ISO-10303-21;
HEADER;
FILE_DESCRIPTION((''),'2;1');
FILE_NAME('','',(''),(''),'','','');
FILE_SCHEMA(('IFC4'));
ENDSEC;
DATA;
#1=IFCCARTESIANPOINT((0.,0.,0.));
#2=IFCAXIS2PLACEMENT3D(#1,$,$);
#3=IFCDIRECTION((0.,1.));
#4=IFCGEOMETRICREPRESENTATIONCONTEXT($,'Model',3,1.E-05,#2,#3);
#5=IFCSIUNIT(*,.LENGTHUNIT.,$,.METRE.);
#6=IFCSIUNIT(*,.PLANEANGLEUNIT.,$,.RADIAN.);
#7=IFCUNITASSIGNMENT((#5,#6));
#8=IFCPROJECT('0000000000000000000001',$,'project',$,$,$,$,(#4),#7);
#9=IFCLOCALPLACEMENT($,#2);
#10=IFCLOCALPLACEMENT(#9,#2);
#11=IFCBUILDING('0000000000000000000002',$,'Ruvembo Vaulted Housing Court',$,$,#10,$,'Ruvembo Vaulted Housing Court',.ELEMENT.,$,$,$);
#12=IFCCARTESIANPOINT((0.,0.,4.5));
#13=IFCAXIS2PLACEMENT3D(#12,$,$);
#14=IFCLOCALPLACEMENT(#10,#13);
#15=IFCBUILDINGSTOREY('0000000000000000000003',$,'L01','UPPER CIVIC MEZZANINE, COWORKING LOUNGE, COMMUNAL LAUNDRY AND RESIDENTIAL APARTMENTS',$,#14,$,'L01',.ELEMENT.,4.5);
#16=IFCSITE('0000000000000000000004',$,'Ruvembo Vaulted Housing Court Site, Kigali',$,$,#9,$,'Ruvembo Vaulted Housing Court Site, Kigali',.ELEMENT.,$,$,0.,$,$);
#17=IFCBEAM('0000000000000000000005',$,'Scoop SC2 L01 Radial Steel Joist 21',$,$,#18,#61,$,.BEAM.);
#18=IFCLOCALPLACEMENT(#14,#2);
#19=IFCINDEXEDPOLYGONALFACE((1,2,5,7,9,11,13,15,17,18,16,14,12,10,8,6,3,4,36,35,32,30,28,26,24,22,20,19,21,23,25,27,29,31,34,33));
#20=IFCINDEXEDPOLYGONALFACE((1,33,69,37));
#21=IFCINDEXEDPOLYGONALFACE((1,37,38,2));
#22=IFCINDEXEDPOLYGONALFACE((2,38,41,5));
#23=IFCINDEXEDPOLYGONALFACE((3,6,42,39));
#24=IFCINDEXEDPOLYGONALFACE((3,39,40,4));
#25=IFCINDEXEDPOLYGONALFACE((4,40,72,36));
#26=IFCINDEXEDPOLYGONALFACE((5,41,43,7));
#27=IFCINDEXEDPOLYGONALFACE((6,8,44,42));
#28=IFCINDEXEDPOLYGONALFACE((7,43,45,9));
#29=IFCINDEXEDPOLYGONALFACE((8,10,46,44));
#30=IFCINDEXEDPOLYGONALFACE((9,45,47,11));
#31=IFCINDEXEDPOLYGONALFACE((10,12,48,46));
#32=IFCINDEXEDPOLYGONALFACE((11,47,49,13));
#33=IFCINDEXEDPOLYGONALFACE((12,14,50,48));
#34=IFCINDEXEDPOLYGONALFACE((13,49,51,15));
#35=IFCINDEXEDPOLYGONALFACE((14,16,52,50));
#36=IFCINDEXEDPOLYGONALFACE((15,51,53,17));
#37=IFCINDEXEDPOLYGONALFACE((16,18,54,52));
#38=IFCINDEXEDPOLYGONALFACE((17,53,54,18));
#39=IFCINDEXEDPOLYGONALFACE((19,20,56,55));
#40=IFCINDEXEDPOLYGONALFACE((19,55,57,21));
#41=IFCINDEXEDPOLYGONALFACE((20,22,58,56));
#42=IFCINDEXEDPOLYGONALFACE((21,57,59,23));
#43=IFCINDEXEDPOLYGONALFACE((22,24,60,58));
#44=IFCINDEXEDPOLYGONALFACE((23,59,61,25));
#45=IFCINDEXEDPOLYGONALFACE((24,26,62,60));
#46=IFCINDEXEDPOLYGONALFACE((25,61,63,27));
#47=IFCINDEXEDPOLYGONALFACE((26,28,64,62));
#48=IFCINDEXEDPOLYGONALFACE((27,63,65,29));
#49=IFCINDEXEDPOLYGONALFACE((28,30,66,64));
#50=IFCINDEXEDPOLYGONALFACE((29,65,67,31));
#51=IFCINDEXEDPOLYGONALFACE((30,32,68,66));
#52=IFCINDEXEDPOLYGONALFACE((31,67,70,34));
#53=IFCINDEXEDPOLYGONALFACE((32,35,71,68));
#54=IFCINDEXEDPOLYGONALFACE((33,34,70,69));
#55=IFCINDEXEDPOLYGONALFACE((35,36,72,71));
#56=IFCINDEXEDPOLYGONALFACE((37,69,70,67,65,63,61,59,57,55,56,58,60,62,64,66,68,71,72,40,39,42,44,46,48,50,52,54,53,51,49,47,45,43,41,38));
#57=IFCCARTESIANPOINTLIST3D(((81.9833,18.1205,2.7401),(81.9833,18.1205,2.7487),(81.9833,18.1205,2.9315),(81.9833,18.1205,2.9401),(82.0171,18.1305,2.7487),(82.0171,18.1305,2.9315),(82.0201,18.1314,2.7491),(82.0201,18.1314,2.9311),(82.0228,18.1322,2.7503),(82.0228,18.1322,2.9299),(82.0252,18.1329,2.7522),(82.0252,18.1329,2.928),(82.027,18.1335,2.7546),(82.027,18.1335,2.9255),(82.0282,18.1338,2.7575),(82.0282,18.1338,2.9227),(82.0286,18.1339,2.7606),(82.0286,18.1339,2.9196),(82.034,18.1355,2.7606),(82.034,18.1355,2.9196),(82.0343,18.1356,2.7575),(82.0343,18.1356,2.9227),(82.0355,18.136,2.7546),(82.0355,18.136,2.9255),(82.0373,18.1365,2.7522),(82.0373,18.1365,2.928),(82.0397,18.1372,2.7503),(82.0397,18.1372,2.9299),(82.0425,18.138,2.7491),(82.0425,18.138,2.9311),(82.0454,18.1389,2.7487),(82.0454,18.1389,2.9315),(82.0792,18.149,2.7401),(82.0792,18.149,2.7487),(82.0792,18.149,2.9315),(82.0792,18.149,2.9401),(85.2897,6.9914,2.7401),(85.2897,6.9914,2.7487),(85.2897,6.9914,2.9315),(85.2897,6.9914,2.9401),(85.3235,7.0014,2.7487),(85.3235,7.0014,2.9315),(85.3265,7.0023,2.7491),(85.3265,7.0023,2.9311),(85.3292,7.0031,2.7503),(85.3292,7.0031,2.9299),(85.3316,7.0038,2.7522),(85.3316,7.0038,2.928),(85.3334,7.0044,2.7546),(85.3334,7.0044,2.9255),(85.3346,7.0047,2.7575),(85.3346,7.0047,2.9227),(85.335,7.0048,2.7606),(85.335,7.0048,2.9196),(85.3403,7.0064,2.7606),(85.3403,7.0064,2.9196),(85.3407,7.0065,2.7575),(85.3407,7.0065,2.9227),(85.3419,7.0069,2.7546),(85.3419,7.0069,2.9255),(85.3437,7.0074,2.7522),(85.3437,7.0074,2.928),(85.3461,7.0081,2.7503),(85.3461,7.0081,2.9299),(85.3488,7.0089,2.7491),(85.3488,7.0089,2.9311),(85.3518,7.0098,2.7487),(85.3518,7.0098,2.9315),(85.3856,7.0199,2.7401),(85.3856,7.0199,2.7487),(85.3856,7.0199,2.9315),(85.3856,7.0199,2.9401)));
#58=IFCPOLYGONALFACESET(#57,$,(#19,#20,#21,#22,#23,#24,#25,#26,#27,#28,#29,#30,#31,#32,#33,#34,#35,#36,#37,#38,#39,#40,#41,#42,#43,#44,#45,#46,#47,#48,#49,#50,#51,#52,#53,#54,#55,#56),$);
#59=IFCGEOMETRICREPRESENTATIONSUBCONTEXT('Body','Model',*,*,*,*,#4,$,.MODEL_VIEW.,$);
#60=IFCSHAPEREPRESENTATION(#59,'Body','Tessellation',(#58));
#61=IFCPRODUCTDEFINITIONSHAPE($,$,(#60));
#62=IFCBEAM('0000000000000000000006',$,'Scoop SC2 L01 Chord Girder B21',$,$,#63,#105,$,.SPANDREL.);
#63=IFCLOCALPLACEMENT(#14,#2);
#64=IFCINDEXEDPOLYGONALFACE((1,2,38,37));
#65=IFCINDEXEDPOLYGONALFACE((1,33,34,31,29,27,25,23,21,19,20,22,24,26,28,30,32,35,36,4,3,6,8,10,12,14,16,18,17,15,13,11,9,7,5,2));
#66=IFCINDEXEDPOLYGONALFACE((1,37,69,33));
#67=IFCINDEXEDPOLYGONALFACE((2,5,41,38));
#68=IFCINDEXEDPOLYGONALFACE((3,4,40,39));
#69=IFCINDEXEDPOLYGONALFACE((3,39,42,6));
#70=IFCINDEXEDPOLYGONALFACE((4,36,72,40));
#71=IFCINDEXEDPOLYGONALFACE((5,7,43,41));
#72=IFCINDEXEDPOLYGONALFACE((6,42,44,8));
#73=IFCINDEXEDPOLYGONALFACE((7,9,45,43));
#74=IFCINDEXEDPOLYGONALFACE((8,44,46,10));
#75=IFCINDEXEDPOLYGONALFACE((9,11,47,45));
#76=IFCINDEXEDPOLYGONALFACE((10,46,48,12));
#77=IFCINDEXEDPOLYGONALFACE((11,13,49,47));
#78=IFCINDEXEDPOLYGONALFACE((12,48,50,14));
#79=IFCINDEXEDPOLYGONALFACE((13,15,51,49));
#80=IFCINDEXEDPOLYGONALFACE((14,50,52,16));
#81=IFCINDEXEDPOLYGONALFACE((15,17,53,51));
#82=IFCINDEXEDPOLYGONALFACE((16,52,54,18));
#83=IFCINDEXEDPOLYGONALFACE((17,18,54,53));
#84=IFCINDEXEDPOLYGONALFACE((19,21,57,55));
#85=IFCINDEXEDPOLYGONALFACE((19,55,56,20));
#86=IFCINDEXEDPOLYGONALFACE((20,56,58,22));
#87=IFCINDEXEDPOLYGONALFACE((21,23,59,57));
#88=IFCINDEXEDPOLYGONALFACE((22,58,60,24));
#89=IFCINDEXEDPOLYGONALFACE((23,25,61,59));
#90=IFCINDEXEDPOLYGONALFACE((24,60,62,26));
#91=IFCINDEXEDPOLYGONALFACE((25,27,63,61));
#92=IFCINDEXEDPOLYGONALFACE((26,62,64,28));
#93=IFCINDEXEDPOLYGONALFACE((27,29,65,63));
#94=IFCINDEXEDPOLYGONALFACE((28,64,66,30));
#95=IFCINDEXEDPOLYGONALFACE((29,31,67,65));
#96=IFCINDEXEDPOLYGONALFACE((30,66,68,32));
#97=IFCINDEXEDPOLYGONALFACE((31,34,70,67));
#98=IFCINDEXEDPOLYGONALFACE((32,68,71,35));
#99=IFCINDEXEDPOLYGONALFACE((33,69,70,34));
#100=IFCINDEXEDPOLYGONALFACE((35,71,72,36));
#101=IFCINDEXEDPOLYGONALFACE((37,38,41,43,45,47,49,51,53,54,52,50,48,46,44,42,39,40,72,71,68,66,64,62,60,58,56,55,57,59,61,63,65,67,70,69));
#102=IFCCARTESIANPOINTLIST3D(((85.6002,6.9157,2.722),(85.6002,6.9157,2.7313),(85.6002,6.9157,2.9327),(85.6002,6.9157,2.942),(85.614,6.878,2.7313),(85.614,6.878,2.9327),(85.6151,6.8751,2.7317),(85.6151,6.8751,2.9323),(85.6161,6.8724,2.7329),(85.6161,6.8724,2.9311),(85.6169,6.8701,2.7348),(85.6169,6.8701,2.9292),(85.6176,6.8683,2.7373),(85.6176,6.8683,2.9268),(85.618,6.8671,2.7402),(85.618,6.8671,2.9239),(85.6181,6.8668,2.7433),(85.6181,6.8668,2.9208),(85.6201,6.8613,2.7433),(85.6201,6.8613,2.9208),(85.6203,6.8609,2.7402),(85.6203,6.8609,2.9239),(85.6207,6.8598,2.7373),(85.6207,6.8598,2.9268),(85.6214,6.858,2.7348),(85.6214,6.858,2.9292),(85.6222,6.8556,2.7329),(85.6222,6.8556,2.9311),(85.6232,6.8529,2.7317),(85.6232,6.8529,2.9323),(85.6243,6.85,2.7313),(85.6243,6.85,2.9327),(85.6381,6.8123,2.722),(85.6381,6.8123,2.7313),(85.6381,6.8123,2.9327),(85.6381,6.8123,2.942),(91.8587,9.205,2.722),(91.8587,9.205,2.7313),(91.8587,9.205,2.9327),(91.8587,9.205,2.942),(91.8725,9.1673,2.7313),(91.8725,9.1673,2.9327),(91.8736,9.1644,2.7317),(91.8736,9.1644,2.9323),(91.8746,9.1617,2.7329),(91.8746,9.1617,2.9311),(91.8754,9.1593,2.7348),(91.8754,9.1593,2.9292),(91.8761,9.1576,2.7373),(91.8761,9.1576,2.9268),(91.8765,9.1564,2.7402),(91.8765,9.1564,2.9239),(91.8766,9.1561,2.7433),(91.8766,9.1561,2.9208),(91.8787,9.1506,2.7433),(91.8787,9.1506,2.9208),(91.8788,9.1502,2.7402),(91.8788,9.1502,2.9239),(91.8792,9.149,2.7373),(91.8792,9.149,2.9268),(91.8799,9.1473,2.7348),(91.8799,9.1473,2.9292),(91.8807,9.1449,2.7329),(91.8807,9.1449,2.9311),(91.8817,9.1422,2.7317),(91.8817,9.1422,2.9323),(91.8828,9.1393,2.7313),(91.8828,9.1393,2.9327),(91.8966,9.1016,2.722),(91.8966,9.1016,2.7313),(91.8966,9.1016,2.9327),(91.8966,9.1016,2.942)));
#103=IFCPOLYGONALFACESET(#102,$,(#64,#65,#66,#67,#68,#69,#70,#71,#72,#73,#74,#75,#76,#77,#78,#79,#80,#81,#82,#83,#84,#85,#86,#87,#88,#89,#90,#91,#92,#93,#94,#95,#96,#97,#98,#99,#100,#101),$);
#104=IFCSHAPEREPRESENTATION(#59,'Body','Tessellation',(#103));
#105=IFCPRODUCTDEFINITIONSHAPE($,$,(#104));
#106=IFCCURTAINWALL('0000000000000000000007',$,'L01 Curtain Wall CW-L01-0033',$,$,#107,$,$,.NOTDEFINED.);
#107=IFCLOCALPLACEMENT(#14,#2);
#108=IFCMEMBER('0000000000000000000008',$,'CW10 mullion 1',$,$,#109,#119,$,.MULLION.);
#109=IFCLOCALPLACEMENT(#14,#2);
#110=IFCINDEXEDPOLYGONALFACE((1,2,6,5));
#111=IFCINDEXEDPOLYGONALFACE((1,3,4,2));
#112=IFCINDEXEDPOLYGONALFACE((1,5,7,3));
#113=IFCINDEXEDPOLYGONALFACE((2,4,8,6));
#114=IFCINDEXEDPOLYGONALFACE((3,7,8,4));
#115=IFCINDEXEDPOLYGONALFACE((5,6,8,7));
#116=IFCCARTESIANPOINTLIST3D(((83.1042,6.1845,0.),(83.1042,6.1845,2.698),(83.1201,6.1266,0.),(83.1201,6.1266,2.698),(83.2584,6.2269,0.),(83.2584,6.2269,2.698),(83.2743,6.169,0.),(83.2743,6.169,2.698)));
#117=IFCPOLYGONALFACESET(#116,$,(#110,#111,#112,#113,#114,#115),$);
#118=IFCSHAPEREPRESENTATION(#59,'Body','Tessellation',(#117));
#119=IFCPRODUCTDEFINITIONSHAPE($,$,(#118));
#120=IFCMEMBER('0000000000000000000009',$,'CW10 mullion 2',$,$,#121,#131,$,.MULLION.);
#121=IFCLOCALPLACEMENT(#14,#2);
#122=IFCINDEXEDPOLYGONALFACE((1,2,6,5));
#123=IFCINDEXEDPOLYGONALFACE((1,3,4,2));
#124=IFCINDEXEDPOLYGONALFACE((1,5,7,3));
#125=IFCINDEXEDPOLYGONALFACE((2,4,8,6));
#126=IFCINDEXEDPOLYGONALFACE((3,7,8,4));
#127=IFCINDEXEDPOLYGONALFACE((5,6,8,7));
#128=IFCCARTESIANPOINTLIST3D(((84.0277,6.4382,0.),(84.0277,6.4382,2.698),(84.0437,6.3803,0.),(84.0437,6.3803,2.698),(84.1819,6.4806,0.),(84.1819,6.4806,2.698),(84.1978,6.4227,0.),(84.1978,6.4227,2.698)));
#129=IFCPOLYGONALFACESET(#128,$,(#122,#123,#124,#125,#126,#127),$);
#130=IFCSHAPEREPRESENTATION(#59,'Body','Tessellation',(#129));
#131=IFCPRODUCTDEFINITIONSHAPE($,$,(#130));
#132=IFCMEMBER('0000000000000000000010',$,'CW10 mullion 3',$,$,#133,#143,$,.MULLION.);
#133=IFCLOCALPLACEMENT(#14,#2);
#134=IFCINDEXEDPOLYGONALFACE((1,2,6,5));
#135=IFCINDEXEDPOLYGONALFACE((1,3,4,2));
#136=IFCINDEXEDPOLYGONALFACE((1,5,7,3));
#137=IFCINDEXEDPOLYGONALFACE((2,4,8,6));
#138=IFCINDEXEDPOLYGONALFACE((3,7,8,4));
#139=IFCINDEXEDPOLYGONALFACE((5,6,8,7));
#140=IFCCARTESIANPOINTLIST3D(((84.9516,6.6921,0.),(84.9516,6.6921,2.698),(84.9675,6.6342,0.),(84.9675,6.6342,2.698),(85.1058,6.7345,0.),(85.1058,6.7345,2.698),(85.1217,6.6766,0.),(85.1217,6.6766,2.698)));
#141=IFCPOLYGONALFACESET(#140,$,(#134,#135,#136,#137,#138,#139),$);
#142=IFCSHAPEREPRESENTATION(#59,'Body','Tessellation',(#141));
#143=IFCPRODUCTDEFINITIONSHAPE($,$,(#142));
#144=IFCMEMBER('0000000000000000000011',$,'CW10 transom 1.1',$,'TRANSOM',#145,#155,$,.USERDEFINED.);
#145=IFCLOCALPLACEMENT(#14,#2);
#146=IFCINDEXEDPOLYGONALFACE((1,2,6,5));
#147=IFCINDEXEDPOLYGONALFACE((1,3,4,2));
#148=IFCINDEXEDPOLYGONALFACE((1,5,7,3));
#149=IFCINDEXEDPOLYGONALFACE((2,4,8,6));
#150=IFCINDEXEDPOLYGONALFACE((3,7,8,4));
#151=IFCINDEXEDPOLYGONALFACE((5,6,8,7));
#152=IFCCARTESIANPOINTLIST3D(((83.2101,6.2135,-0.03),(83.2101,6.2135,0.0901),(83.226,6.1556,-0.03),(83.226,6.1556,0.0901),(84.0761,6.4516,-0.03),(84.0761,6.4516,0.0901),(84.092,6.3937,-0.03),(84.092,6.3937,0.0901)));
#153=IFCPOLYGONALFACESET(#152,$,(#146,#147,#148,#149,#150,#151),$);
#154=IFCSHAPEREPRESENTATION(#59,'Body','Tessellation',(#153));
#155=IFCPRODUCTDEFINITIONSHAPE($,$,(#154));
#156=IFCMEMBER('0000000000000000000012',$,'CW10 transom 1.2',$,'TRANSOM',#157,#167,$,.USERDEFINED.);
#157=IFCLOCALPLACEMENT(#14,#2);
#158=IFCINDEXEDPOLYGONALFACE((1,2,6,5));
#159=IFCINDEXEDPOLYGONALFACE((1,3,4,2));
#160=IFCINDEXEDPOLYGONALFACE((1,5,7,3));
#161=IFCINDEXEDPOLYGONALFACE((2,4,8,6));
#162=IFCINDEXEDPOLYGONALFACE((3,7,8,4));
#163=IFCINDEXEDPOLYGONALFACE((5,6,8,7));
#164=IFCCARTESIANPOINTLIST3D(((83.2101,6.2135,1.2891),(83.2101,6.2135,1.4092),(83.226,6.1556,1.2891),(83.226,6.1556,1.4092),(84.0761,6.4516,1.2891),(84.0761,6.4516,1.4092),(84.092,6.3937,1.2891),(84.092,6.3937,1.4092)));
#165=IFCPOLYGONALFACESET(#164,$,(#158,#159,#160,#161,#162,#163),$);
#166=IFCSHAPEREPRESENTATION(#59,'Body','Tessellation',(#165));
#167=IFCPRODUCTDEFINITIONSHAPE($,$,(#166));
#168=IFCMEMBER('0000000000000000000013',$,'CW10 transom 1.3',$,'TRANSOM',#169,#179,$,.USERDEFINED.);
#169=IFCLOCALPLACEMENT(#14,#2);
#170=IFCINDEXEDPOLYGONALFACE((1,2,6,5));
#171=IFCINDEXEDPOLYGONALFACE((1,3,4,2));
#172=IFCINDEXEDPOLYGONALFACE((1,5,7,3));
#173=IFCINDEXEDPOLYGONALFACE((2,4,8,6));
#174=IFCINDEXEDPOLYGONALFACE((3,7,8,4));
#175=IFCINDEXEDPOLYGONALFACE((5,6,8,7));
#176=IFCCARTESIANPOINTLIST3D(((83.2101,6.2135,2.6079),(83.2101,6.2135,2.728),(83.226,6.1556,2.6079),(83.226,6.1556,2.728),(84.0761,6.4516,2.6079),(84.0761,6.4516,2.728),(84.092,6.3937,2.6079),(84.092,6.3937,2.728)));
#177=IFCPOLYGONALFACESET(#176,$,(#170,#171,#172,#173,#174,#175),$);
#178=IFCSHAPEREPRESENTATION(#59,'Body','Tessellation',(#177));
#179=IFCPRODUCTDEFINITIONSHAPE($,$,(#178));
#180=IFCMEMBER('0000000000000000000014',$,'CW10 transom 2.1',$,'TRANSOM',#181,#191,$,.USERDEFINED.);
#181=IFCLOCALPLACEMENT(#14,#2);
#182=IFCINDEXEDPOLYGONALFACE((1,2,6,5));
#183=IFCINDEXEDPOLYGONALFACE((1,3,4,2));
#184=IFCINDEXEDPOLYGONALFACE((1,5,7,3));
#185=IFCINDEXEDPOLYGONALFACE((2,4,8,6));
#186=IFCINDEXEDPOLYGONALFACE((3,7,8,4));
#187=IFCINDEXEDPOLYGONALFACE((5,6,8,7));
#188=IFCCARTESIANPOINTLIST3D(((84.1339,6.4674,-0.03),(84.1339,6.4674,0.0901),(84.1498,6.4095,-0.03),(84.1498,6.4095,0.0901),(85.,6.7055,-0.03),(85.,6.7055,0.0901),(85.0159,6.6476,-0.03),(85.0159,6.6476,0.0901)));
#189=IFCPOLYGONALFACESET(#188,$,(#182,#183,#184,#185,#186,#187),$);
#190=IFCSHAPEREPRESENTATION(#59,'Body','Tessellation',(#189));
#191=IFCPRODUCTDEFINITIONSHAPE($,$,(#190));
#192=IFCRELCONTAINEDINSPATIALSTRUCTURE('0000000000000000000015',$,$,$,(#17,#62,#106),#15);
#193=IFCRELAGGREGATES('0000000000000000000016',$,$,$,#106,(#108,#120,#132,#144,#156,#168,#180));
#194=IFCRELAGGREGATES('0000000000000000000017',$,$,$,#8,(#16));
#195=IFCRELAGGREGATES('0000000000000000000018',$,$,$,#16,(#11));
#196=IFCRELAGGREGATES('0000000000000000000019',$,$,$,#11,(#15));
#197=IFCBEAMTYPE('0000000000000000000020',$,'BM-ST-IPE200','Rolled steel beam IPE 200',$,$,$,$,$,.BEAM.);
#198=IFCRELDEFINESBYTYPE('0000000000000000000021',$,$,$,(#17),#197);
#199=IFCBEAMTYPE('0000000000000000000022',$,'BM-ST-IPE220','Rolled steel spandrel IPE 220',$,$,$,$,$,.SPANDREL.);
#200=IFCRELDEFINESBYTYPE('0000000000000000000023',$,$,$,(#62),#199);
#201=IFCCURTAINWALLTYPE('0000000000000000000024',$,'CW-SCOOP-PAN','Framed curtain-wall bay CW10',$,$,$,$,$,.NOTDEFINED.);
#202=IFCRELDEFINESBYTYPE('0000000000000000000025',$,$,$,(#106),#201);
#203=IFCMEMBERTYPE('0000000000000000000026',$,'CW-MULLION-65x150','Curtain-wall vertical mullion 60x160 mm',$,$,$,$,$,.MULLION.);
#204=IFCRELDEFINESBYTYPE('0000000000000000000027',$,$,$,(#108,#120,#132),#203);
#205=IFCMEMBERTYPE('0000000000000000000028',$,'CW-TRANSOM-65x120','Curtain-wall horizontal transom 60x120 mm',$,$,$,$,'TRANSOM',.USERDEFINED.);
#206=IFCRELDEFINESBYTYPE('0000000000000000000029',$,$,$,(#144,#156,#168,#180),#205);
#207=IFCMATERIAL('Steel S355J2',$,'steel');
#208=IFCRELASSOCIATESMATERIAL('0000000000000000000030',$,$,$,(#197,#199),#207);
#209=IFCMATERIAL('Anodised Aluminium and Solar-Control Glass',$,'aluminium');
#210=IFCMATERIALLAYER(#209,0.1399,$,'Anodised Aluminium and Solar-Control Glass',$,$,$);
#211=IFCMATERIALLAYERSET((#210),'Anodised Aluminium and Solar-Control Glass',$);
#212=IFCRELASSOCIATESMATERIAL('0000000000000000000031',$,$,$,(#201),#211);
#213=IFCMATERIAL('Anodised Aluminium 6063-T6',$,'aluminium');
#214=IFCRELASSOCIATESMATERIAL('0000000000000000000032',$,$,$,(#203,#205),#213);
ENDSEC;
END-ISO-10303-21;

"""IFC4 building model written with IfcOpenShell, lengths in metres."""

from ifc_helpers import new_model, si_unit, direction, frame, origin, origin_2d, place, context, subcontext, project, spatial, rectangle, i_section, extrude, material, layer, layer_set, material_profile, profile_set, type_object, element, aggregate, save


model = new_model("IFC4")

# Units and contexts
model_context = context("Model", 3, precision=1e-05, world=origin(), true_north=direction((0.0, 1.0)))
body_context = subcontext(model_context, "Body", "Model", "MODEL_VIEW")
ifc_project = project(units=[si_unit("LENGTHUNIT", "METRE"), si_unit("PLANEANGLEUNIT", "RADIAN")], contexts=[model_context])

# Site, building, storey
site_placement = place(None, origin())
site = spatial("IfcSite", under=ifc_project, at=site_placement, Name="Ruvembo Vaulted Housing Court Site, Kigali", LongName="Ruvembo Vaulted Housing Court Site, Kigali", CompositionType="ELEMENT", RefElevation=0.0)
building_placement = place(site_placement, origin())
building = spatial("IfcBuilding", under=site, at=building_placement, Name="Ruvembo Vaulted Housing Court", LongName="Ruvembo Vaulted Housing Court", CompositionType="ELEMENT")
storey_placement = place(building_placement, frame((0.0, 0.0, 4.5)))
storey = spatial("IfcBuildingStorey", under=building, at=storey_placement, Name="L01", Description="UPPER CIVIC MEZZANINE, COWORKING LOUNGE, COMMUNAL LAUNDRY AND RESIDENTIAL APARTMENTS", LongName="L01", CompositionType="ELEMENT", Elevation=4.5)

# Beams
ifc_material_1 = material(Name="Steel S355J2", Category="steel")
ifc_material_profile_1 = material_profile(ifc_material_1, i_section(OverallWidth=0.1001, OverallDepth=0.2, WebThickness=0.0056, FlangeThickness=0.0085, FilletRadius=0.012, at=origin_2d()), Name="IPE 200")
ifc_profile_set_1 = profile_set([ifc_material_profile_1], Name="Steel S355J2")
beam_type_1 = type_object("IfcBeamType", Name="BM-ST-IPE200", Description="Rolled steel beam IPE 200", PredefinedType="BEAM", material=ifc_profile_set_1)
beam_1_placement = place(storey_placement, frame((85.3376, 7.0056, 2.8401), z_axis=(-0.284791, 0.95859, 0.0), x_axis=(-0.95859, -0.284791, 0.0)))
element("IfcBeam", 1, at=beam_1_placement, inside=storey, type_object=beam_type_1, Name="Scoop SC2 L01 Radial Steel Joist 21", PredefinedType="BEAM", context=body_context, shape_type="SweptSolid", body=[
    extrude(i_section(OverallWidth=0.1001, OverallDepth=0.2, WebThickness=0.0056, FlangeThickness=0.0085, FilletRadius=0.012, at=origin_2d()), origin(), (0.0, 0.0, 1.0), 11.6099),
])
ifc_material_profile_2 = material_profile(ifc_material_1, i_section(OverallWidth=0.1101, OverallDepth=0.22, WebThickness=0.0059, FlangeThickness=0.0093, FilletRadius=0.012, at=origin_2d()), Name="IPE 220")
ifc_profile_set_2 = profile_set([ifc_material_profile_2], Name="Steel S355J2")
beam_type_2 = type_object("IfcBeamType", Name="BM-ST-IPE220", Description="Rolled steel spandrel IPE 220", PredefinedType="SPANDREL", material=ifc_profile_set_2)
beam_2_placement = place(storey_placement, frame((85.6191, 6.864, 2.832), z_axis=(0.939142, 0.343528, 0.0), x_axis=(-0.343528, 0.939142, 0.0)))
element("IfcBeam", 2, at=beam_2_placement, inside=storey, type_object=beam_type_2, Name="Scoop SC2 L01 Chord Girder B21", PredefinedType="SPANDREL", context=body_context, shape_type="SweptSolid", body=[
    extrude(i_section(OverallWidth=0.1101, OverallDepth=0.22, WebThickness=0.0059, FlangeThickness=0.0093, FilletRadius=0.012, at=origin_2d()), origin(), (0.0, 0.0, 1.0), 6.6641),
])

# Curtain wall, members
ifc_material_2 = material(Name="Anodised Aluminium and Solar-Control Glass", Category="aluminium")
ifc_layer_1 = layer(ifc_material_2, 0.1399, Name="Anodised Aluminium and Solar-Control Glass")
ifc_layer_set_1 = layer_set([ifc_layer_1], Name="Anodised Aluminium and Solar-Control Glass")
curtain_wall_type = type_object("IfcCurtainWallType", Name="CW-SCOOP-PAN", Description="Framed curtain-wall bay CW10", PredefinedType="NOTDEFINED", material=ifc_layer_set_1)
curtain_wall_placement = place(storey_placement, origin())
curtain_wall = element("IfcCurtainWall", 3, at=curtain_wall_placement, inside=storey, type_object=curtain_wall_type, Name="L01 Curtain Wall CW-L01-0033", PredefinedType="NOTDEFINED")
ifc_material_3 = material(Name="Anodised Aluminium 6063-T6", Category="aluminium")
ifc_material_profile_3 = material_profile(ifc_material_3, rectangle(XDim=0.0601, YDim=0.1599, at=origin_2d()), Name="ALU 60x160")
ifc_profile_set_3 = profile_set([ifc_material_profile_3], Name="Anodised Aluminium 6063-T6")
member_type_1 = type_object("IfcMemberType", Name="CW-MULLION-65x150", Description="Curtain-wall vertical mullion 60x160 mm", PredefinedType="MULLION", material=ifc_profile_set_3)
member_1_placement = place(storey_placement, frame((83.1892, 6.1768, 0.0), z_axis=(0.0, 0.0, 1.0), x_axis=(-0.264975, 0.964255, 0.0)))
member_1 = element("IfcMember", 4, at=member_1_placement, type_object=member_type_1, Name="CW10 mullion 1", PredefinedType="MULLION", context=body_context, shape_type="SweptSolid", body=[
    extrude(rectangle(XDim=0.0601, YDim=0.1599, at=origin_2d()), origin(), (0.0, 0.0, 1.0), 2.698),
])
member_2_placement = place(storey_placement, frame((84.1128, 6.4304, 0.0), z_axis=(0.0, 0.0, 1.0), x_axis=(-0.264975, 0.964255, 0.0)))
member_2 = element("IfcMember", 5, at=member_2_placement, type_object=member_type_1, Name="CW10 mullion 2", PredefinedType="MULLION", context=body_context, shape_type="SweptSolid", body=[
    extrude(rectangle(XDim=0.0601, YDim=0.1599, at=origin_2d()), origin(), (0.0, 0.0, 1.0), 2.698),
])
member_3_placement = place(storey_placement, frame((85.0366, 6.6843, 0.0), z_axis=(0.0, 0.0, 1.0), x_axis=(-0.264975, 0.964255, 0.0)))
member_3 = element("IfcMember", 6, at=member_3_placement, type_object=member_type_1, Name="CW10 mullion 3", PredefinedType="MULLION", context=body_context, shape_type="SweptSolid", body=[
    extrude(rectangle(XDim=0.0601, YDim=0.1599, at=origin_2d()), origin(), (0.0, 0.0, 1.0), 2.698),
])
ifc_material_profile_4 = material_profile(ifc_material_3, rectangle(XDim=0.0601, YDim=0.1201, at=origin_2d()), Name="ALU 60x120")
ifc_profile_set_4 = profile_set([ifc_material_profile_4], Name="Anodised Aluminium 6063-T6")
member_type_2 = type_object("IfcMemberType", Name="CW-TRANSOM-65x120", Description="Curtain-wall horizontal transom 60x120 mm", ElementType="TRANSOM", PredefinedType="USERDEFINED", material=ifc_profile_set_4)
member_4_placement = place(storey_placement, frame((83.218, 6.1846, 0.03), z_axis=(0.964235, 0.265049, 0.0), x_axis=(-0.265049, 0.964235, 0.0)))
member_4 = element("IfcMember", 7, at=member_4_placement, type_object=member_type_2, Name="CW10 transom 1.1", ObjectType="TRANSOM", PredefinedType="USERDEFINED", context=body_context, shape_type="SweptSolid", body=[
    extrude(rectangle(XDim=0.0601, YDim=0.1201, at=origin_2d()), origin(), (0.0, 0.0, 1.0), 0.8982),
])
member_5_placement = place(storey_placement, frame((83.218, 6.1846, 1.3491), z_axis=(0.964235, 0.265049, 0.0), x_axis=(-0.265049, 0.964235, 0.0)))
member_5 = element("IfcMember", 8, at=member_5_placement, type_object=member_type_2, Name="CW10 transom 1.2", ObjectType="TRANSOM", PredefinedType="USERDEFINED", context=body_context, shape_type="SweptSolid", body=[
    extrude(rectangle(XDim=0.0601, YDim=0.1201, at=origin_2d()), origin(), (0.0, 0.0, 1.0), 0.8982),
])
member_6_placement = place(storey_placement, frame((83.218, 6.1846, 2.668), z_axis=(0.964235, 0.265049, 0.0), x_axis=(-0.265049, 0.964235, 0.0)))
member_6 = element("IfcMember", 9, at=member_6_placement, type_object=member_type_2, Name="CW10 transom 1.3", ObjectType="TRANSOM", PredefinedType="USERDEFINED", context=body_context, shape_type="SweptSolid", body=[
    extrude(rectangle(XDim=0.0601, YDim=0.1201, at=origin_2d()), origin(), (0.0, 0.0, 1.0), 0.8982),
])
member_7_placement = place(storey_placement, frame((84.1418, 6.4385, 0.03), z_axis=(0.964235, 0.265049, 0.0), x_axis=(-0.265049, 0.964235, 0.0)))
member_7 = element("IfcMember", 10, at=member_7_placement, type_object=member_type_2, Name="CW10 transom 2.1", ObjectType="TRANSOM", PredefinedType="USERDEFINED", context=body_context, shape_type="SweptSolid", body=[
    extrude(rectangle(XDim=0.0601, YDim=0.1201, at=origin_2d()), origin(), (0.0, 0.0, 1.0), 0.8982),
])
aggregate(curtain_wall, [member_1, member_2, member_3, member_4, member_5, member_6, member_7])

save(model, "model.ifc")
